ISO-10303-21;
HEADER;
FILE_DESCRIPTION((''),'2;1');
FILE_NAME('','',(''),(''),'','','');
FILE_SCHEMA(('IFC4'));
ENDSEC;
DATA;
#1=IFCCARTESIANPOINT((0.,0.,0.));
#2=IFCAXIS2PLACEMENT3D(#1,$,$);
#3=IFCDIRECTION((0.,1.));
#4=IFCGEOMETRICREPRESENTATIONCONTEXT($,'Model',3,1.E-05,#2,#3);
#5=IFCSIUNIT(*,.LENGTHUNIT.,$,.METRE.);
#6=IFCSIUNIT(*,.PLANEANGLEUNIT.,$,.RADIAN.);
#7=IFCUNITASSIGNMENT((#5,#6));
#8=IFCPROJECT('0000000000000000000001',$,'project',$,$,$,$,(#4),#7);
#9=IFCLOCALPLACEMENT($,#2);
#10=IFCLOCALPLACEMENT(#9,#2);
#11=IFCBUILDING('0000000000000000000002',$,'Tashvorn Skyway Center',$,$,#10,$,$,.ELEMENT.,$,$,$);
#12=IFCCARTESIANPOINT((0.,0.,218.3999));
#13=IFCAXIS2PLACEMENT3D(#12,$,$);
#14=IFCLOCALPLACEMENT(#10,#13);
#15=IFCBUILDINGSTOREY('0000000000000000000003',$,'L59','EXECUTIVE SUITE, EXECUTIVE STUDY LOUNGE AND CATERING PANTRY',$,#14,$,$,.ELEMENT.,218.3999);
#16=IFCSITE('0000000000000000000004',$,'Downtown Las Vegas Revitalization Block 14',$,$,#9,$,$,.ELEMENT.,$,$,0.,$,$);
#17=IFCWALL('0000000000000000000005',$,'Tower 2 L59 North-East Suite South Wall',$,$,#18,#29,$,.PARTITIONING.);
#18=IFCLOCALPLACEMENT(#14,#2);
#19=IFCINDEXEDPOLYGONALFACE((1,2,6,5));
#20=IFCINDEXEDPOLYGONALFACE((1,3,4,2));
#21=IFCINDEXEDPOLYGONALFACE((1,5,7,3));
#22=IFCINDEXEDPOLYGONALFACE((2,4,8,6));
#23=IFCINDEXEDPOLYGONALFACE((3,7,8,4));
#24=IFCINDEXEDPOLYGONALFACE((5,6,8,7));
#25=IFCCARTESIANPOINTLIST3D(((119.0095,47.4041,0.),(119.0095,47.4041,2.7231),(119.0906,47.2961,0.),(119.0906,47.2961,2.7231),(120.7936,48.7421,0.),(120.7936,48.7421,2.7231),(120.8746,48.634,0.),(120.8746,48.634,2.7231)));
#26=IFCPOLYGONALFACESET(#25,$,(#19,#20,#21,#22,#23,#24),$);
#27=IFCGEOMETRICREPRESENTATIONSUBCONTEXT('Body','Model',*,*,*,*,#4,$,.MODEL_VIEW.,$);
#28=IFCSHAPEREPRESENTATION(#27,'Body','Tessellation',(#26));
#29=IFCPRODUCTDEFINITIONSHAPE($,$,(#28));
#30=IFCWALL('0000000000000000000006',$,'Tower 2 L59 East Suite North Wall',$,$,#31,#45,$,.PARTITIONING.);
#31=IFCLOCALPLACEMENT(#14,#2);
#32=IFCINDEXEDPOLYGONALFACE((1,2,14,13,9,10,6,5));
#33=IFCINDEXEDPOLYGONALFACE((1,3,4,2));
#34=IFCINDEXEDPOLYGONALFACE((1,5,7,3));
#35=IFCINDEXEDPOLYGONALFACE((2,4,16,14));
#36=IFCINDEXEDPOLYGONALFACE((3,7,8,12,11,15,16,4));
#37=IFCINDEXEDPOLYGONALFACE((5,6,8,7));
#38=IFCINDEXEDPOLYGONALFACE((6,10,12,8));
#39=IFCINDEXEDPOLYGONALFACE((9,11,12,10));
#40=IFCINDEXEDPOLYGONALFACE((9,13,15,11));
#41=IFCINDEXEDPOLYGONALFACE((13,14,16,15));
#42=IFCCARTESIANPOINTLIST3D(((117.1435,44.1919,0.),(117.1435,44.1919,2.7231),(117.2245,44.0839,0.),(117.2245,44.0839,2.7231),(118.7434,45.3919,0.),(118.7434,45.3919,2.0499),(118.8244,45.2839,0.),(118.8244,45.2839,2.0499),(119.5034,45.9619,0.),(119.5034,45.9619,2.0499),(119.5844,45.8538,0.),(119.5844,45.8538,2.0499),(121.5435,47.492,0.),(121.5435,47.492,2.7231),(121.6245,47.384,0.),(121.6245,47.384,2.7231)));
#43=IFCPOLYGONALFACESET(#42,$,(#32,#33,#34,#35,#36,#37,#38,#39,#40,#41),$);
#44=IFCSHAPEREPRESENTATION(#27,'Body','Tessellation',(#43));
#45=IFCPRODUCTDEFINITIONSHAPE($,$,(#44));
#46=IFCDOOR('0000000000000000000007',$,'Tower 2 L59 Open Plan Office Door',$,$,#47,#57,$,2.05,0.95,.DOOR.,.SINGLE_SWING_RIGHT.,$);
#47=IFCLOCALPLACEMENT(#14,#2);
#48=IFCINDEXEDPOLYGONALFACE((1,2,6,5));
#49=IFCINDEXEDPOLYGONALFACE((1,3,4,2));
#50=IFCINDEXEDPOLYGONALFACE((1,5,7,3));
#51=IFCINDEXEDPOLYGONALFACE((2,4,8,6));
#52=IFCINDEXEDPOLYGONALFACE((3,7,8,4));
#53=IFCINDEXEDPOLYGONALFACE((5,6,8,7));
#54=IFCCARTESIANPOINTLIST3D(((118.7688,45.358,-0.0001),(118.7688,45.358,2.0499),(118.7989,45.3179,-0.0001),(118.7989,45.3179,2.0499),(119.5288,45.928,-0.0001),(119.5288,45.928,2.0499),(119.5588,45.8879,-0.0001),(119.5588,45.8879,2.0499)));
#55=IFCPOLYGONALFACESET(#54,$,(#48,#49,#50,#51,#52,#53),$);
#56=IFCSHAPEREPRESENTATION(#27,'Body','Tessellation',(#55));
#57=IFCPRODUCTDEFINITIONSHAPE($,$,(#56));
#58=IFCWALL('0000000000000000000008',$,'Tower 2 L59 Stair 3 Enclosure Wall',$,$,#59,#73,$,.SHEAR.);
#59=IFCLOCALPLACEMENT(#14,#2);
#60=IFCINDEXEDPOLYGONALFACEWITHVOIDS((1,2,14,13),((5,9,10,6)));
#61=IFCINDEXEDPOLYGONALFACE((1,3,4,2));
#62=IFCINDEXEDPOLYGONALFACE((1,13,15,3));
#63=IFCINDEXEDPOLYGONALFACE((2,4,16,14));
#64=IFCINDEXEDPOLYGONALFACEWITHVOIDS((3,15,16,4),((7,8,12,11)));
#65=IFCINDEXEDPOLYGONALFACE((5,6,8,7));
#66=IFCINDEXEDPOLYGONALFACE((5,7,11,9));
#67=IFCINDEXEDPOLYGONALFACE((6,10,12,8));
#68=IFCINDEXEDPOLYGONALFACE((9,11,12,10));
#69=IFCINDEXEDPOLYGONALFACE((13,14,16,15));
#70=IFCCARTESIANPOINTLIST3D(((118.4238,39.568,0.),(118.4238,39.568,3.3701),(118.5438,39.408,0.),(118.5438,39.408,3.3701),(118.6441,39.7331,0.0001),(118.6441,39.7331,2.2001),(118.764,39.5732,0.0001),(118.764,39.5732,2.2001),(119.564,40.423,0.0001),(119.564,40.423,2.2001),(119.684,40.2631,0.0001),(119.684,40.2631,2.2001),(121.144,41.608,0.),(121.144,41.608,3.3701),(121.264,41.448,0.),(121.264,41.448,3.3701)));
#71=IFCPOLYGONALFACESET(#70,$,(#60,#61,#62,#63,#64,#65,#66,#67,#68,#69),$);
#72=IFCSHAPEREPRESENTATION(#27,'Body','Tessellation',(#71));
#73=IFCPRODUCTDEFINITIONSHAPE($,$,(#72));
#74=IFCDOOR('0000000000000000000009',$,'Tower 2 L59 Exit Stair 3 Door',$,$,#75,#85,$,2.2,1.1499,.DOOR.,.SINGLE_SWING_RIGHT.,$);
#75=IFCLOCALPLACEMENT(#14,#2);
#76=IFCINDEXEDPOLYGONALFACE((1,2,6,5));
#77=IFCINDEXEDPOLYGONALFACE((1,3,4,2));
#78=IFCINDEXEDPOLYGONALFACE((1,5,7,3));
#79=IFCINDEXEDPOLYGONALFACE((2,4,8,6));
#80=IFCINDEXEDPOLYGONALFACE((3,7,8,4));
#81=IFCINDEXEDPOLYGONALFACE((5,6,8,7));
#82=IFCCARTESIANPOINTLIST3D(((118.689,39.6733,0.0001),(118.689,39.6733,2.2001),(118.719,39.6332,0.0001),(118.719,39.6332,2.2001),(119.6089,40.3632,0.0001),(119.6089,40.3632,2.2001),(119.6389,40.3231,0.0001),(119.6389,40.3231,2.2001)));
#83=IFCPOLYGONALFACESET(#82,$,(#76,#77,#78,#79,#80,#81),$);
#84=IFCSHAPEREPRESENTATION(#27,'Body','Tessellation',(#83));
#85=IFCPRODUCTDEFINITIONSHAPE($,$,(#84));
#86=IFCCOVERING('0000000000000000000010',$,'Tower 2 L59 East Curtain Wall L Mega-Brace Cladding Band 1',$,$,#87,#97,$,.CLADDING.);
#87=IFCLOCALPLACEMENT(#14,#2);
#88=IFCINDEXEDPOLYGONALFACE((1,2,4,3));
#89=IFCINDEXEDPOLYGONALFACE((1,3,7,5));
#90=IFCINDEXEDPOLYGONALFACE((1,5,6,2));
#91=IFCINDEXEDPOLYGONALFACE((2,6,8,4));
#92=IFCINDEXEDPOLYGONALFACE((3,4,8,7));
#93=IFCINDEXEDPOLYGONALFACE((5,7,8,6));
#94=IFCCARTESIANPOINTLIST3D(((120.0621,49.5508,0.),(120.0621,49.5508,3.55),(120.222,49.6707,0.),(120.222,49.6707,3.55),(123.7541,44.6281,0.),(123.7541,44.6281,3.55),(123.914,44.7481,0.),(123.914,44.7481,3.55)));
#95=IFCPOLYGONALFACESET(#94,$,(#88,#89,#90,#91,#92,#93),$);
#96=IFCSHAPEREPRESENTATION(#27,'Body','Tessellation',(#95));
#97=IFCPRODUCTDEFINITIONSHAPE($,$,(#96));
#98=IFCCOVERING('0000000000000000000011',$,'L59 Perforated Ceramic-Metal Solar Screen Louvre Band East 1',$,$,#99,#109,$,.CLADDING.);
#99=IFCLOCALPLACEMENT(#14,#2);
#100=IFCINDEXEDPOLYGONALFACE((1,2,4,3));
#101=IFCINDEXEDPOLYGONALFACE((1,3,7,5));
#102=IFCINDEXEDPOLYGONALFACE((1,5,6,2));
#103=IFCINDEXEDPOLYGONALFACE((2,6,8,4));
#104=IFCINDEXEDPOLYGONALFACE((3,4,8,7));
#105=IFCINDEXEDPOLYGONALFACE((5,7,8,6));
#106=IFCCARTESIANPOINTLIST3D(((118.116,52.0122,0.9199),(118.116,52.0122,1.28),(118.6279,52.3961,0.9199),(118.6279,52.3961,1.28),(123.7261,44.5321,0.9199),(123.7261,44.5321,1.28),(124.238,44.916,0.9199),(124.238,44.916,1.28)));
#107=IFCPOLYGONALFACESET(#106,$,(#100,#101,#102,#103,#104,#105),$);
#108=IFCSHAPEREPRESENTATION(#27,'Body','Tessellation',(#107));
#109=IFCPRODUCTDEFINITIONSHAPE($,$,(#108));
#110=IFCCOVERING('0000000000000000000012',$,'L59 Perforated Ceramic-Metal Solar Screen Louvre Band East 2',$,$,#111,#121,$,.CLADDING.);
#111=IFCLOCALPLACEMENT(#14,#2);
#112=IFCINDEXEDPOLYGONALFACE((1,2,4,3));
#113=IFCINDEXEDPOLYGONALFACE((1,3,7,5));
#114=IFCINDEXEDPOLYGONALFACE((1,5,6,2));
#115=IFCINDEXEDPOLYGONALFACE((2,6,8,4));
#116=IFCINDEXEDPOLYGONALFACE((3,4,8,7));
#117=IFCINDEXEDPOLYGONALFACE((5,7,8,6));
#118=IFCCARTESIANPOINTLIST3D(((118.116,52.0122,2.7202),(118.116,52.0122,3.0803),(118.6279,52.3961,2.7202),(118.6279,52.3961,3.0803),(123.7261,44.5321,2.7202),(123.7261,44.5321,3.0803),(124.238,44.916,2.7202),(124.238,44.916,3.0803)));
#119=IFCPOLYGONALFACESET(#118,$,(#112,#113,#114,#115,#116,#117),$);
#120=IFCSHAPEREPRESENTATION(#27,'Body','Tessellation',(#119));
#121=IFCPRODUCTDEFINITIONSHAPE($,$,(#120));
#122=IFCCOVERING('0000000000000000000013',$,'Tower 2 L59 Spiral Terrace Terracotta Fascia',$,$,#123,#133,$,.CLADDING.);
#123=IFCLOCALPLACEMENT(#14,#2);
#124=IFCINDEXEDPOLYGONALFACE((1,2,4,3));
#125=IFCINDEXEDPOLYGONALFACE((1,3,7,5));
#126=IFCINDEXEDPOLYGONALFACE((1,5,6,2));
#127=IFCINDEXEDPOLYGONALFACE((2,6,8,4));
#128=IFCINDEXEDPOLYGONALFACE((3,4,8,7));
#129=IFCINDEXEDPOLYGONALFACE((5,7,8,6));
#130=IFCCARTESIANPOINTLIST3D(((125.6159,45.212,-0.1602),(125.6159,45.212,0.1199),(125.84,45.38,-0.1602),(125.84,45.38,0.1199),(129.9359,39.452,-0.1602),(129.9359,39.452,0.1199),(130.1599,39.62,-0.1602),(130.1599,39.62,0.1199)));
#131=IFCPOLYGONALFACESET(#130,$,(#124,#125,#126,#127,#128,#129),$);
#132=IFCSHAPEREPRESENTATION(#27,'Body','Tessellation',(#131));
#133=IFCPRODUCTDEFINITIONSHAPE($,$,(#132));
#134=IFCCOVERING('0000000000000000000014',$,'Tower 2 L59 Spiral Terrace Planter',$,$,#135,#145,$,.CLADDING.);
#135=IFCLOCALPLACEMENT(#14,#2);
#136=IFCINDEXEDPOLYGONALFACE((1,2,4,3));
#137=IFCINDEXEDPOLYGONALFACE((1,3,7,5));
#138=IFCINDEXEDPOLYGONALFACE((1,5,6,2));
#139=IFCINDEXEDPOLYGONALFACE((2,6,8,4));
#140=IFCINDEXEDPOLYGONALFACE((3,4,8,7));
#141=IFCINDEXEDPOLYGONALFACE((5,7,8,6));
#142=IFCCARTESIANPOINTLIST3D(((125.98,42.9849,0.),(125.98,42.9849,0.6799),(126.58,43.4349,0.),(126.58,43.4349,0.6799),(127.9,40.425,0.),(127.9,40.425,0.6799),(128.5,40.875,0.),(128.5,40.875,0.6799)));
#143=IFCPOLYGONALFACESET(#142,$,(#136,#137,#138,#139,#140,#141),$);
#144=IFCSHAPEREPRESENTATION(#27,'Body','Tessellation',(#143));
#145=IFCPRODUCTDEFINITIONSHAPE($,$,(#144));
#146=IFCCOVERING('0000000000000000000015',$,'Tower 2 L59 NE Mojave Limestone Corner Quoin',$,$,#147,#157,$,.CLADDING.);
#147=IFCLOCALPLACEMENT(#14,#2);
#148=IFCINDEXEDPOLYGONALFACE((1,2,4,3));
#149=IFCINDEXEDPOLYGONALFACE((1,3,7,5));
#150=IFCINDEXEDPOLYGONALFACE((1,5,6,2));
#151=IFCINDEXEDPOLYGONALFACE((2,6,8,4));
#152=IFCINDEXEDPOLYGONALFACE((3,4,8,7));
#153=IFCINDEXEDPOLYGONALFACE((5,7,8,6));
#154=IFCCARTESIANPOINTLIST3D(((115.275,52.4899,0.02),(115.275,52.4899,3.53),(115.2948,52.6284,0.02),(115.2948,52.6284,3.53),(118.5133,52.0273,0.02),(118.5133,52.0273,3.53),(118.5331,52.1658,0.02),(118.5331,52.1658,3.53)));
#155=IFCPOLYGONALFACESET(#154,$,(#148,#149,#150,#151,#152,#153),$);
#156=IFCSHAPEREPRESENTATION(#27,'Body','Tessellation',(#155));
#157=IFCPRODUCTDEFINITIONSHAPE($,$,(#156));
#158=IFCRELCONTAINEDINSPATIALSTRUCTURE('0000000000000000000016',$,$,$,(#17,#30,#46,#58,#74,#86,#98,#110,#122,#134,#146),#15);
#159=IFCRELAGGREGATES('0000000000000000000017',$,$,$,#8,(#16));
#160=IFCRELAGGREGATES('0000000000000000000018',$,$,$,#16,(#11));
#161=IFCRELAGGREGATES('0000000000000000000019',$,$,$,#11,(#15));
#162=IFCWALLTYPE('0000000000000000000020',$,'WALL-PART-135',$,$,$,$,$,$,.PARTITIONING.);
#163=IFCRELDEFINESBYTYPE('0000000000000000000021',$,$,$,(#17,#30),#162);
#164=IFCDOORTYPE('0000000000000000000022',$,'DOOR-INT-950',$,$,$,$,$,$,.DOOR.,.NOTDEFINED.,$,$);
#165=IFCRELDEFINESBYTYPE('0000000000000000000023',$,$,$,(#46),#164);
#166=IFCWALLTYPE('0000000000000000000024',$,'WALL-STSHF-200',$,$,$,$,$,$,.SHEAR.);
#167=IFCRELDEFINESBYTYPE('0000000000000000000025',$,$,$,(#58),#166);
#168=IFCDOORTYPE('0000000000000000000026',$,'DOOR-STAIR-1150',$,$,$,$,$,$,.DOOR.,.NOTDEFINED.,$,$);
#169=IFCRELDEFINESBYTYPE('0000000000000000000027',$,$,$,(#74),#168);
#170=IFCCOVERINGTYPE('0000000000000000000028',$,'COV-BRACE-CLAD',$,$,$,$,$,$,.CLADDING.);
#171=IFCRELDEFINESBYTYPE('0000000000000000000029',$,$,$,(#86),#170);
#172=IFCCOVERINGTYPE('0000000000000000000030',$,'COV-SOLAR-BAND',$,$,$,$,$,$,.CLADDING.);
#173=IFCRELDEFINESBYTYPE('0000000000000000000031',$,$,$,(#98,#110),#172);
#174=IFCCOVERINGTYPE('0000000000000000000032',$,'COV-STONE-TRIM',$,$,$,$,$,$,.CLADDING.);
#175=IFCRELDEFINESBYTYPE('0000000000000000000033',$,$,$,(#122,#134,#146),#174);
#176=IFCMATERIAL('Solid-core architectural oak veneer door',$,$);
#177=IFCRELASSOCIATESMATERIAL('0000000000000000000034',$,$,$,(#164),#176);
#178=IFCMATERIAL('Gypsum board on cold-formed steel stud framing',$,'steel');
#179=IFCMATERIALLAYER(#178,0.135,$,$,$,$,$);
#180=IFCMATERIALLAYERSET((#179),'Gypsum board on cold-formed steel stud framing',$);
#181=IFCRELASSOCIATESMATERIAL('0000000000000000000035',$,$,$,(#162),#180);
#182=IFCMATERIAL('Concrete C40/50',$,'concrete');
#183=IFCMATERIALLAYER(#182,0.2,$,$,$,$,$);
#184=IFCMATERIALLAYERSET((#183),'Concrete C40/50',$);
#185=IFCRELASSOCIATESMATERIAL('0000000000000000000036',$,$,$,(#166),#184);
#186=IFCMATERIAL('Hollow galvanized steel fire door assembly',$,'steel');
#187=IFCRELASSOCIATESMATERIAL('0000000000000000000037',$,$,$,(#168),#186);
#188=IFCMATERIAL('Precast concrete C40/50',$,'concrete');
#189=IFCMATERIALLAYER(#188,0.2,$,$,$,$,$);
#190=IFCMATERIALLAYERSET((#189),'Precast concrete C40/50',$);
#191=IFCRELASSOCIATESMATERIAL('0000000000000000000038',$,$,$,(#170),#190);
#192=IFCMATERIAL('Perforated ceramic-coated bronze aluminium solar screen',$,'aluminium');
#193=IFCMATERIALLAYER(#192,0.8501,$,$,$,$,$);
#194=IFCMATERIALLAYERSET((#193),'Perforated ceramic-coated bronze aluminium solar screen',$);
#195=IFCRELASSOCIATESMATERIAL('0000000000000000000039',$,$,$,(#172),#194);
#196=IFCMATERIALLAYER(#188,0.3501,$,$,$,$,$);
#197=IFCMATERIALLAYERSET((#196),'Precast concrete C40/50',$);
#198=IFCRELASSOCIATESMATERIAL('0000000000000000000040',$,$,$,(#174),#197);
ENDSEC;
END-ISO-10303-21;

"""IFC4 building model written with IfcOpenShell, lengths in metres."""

from ifc_helpers import new_model, si_unit, direction, frame, frame_2d, origin, origin_2d, place, context, subcontext, project, spatial, rectangle, extrude, material, layer, layer_set, type_object, element, fill, save


model = new_model("IFC4")

# Units and contexts
model_context = context("Model", 3, precision=1e-05, world=origin(), true_north=direction((0.0, 1.0)))
body_context = subcontext(model_context, "Body", "Model", "MODEL_VIEW")
ifc_project = project(units=[si_unit("LENGTHUNIT", "METRE"), si_unit("PLANEANGLEUNIT", "RADIAN")], contexts=[model_context])

# Site, building, storey
site_placement = place(None, origin())
site = spatial("IfcSite", under=ifc_project, at=site_placement, Name="Downtown Las Vegas Revitalization Block 14", CompositionType="ELEMENT", RefElevation=0.0)
building_placement = place(site_placement, origin())
building = spatial("IfcBuilding", under=site, at=building_placement, Name="Tashvorn Skyway Center", CompositionType="ELEMENT")
storey_placement = place(building_placement, frame((0.0, 0.0, 218.3999)))
storey = spatial("IfcBuildingStorey", under=building, at=storey_placement, Name="L59", Description="EXECUTIVE SUITE, EXECUTIVE STUDY LOUNGE AND CATERING PANTRY", CompositionType="ELEMENT", Elevation=218.3999)

# Shared definitions
ifc_material_1 = material(Name="Precast concrete C40/50", Category="concrete")

# Shared definitions
ifc_material_2 = material(Name="Gypsum board on cold-formed steel stud framing", Category="steel")
ifc_material_3 = material(Name="Solid-core architectural oak veneer door")
door_type_1 = type_object("IfcDoorType", Name="DOOR-INT-950", OperationType="NOTDEFINED", PredefinedType="DOOR", material=ifc_material_3)

# Wall
ifc_layer_1 = layer(ifc_material_2, 0.135)
ifc_layer_set_1 = layer_set([ifc_layer_1], Name="Gypsum board on cold-formed steel stud framing")
wall_type_1 = type_object("IfcWallType", Name="WALL-PART-135", PredefinedType="PARTITIONING", material=ifc_layer_set_1)
wall_1_placement = place(storey_placement, frame((119.05, 47.3501, 0.0), z_axis=(0.0, 0.0, 1.0), x_axis=(0.800013, 0.599982, 0.0)))
element("IfcWall", 1, at=wall_1_placement, inside=storey, type_object=wall_type_1, Name="Tower 2 L59 North-East Suite South Wall", PredefinedType="PARTITIONING", context=body_context, shape_type="SweptSolid", body=[
    extrude(rectangle(XDim=2.23, YDim=0.135, at=frame_2d((1.115, 0.0))), origin(), (0.0, 0.0, 1.0), 2.7231),
])

# Walls, openings, doors
wall_2_placement = place(storey_placement, frame((121.584, 47.438, 0.0), z_axis=(0.0, 0.0, 1.0), x_axis=(-0.799989, -0.600014, 0.0)))
wall_2 = element("IfcWall", 2, at=wall_2_placement, inside=storey, type_object=wall_type_1, Name="Tower 2 L59 East Suite North Wall", PredefinedType="PARTITIONING", context=body_context, shape_type="SweptSolid", body=[
    extrude(rectangle(XDim=5.5, YDim=0.135, at=frame_2d((2.75, 0.0))), origin(), (0.0, 0.0, 1.0), 2.7231),
])
opening_1_placement = place(wall_2_placement, frame((2.55, 0.0, 0.0)))
opening_1 = element("IfcOpeningElement", 3, at=opening_1_placement, cuts=wall_2, PredefinedType="OPENING", context=body_context, shape_type="SweptSolid", body=[
    extrude(rectangle(XDim=0.95, YDim=2.05, at=frame_2d((0.4751, 1.0249))), frame((0.0, 0.0774, 0.0), z_axis=(0.0, -1.0, 0.0), x_axis=(1.0, 0.0, 0.0)), (0.0, 0.0, 1.0), 0.155),
])
door_1_placement = place(opening_1_placement, origin())
door_1 = element("IfcDoor", 4, at=door_1_placement, inside=storey, type_object=door_type_1, Name="Tower 2 L59 Open Plan Office Door", OperationType="SINGLE_SWING_RIGHT", OverallHeight=2.05, OverallWidth=0.95, PredefinedType="DOOR", context=body_context, shape_type="SweptSolid", body=[
    extrude(rectangle(XDim=0.95, YDim=2.05, at=frame_2d((0.4751, 1.0249))), frame((0.0, 0.0249, 0.0), z_axis=(0.0, -1.0, 0.0), x_axis=(1.0, 0.0, 0.0)), (0.0, 0.0, 1.0), 0.05),
])
fill(opening_1, door_1)
ifc_material_4 = material(Name="Concrete C40/50", Category="concrete")
ifc_layer_2 = layer(ifc_material_4, 0.2)
ifc_layer_set_2 = layer_set([ifc_layer_2], Name="Concrete C40/50")
wall_type_2 = type_object("IfcWallType", Name="WALL-STSHF-200", PredefinedType="SHEAR", material=ifc_layer_set_2)
wall_3_placement = place(storey_placement, frame((121.2041, 41.5281, 0.0), z_axis=(0.0, 0.0, 1.0), x_axis=(-0.800017, -0.599977, 0.0)))
wall_3 = element("IfcWall", 5, at=wall_3_placement, inside=storey, type_object=wall_type_2, Name="Tower 2 L59 Stair 3 Enclosure Wall", PredefinedType="SHEAR", context=body_context, shape_type="SweptSolid", body=[
    extrude(rectangle(XDim=3.4001, YDim=0.2, at=frame_2d((1.7002, 0.0))), origin(), (0.0, 0.0, 1.0), 3.3701),
])
opening_2_placement = place(wall_3_placement, frame((1.9751, 0.0, 0.0)))
opening_2 = element("IfcOpeningElement", 6, at=opening_2_placement, cuts=wall_3, PredefinedType="OPENING", context=body_context, shape_type="SweptSolid", body=[
    extrude(rectangle(XDim=1.1499, YDim=2.2, at=frame_2d((0.575, 1.1001))), frame((0.0, 0.1099, 0.0), z_axis=(0.0, -1.0, 0.0), x_axis=(1.0, 0.0, 0.0)), (0.0, 0.0, 1.0), 0.22),
])
ifc_material_5 = material(Name="Hollow galvanized steel fire door assembly", Category="steel")
door_type_2 = type_object("IfcDoorType", Name="DOOR-STAIR-1150", OperationType="NOTDEFINED", PredefinedType="DOOR", material=ifc_material_5)
door_2_placement = place(opening_2_placement, origin())
door_2 = element("IfcDoor", 7, at=door_2_placement, inside=storey, type_object=door_type_2, Name="Tower 2 L59 Exit Stair 3 Door", OperationType="SINGLE_SWING_RIGHT", OverallHeight=2.2, OverallWidth=1.1499, PredefinedType="DOOR", context=body_context, shape_type="SweptSolid", body=[
    extrude(rectangle(XDim=1.1499, YDim=2.2, at=frame_2d((0.575, 1.1001))), frame((0.0, 0.0249, 0.0), z_axis=(0.0, -1.0, 0.0), x_axis=(1.0, 0.0, 0.0)), (0.0, 0.0, 1.0), 0.05),
])
fill(opening_2, door_2)

# Coverings
ifc_layer_3 = layer(ifc_material_1, 0.2)
ifc_layer_set_3 = layer_set([ifc_layer_3], Name="Precast concrete C40/50")
covering_type_1 = type_object("IfcCoveringType", Name="COV-BRACE-CLAD", PredefinedType="CLADDING", material=ifc_layer_set_3)
covering_1_placement = place(storey_placement, frame((121.988, 47.1494, 0.0), z_axis=(0.0, 0.0, 1.0), x_axis=(0.6, -0.8, 0.0)))
element("IfcCovering", 8, at=covering_1_placement, inside=storey, type_object=covering_type_1, Name="Tower 2 L59 East Curtain Wall L Mega-Brace Cladding Band 1", PredefinedType="CLADDING", context=body_context, shape_type="SweptSolid", body=[
    extrude(rectangle(XDim=6.1533, YDim=0.2, at=origin_2d()), origin(), (0.0, 0.0, 1.0), 3.55),
])
ifc_material_6 = material(Name="Perforated ceramic-coated bronze aluminium solar screen", Category="aluminium")
ifc_layer_4 = layer(ifc_material_6, 0.8501)
ifc_layer_set_4 = layer_set([ifc_layer_4], Name="Perforated ceramic-coated bronze aluminium solar screen")
covering_type_2 = type_object("IfcCoveringType", Name="COV-SOLAR-BAND", PredefinedType="CLADDING", material=ifc_layer_set_4)
for number, where, z_axis, x_axis, name in (
    (9, (121.177, 48.4641, 0.9199), (0.0, 0.0, 1.0), (0.6, -0.8, 0.0), "L59 Perforated Ceramic-Metal Solar Screen Louvre Band East 1"),
    (10, (121.177, 48.4641, 2.7202), (0.0, 0.0, 1.0), (0.6, -0.8, 0.0), "L59 Perforated Ceramic-Metal Solar Screen Louvre Band East 2"),
):
    element("IfcCovering", number, at=place(storey_placement, frame(where, z_axis=z_axis, x_axis=x_axis)), inside=storey, type_object=covering_type_2, Name=name, PredefinedType="CLADDING", context=body_context, shape_type="SweptSolid", body=[
        extrude(rectangle(XDim=9.3501, YDim=0.6399, at=origin_2d()), origin(), (0.0, 0.0, 1.0), 0.3601),
    ])
ifc_layer_5 = layer(ifc_material_1, 0.3501)
ifc_layer_set_5 = layer_set([ifc_layer_5], Name="Precast concrete C40/50")
covering_type_3 = type_object("IfcCoveringType", Name="COV-STONE-TRIM", PredefinedType="CLADDING", material=ifc_layer_set_5)
covering_2_placement = place(storey_placement, frame((127.8879, 42.416, -0.1602), z_axis=(0.0, 0.0, 1.0), x_axis=(0.6, -0.8, 0.0)))
element("IfcCovering", 11, at=covering_2_placement, inside=storey, type_object=covering_type_3, Name="Tower 2 L59 Spiral Terrace Terracotta Fascia", PredefinedType="CLADDING", context=body_context, shape_type="SweptSolid", body=[
    extrude(rectangle(XDim=7.2, YDim=0.28, at=origin_2d()), origin(), (0.0, 0.0, 1.0), 0.28),
])
covering_3_placement = place(storey_placement, frame((127.24, 41.9299, 0.0), z_axis=(0.0, 0.0, 1.0), x_axis=(0.6, -0.8, 0.0)))
element("IfcCovering", 12, at=covering_3_placement, inside=storey, type_object=covering_type_3, Name="Tower 2 L59 Spiral Terrace Planter", PredefinedType="CLADDING", context=body_context, shape_type="SweptSolid", body=[
    extrude(rectangle(XDim=3.2, YDim=0.75, at=origin_2d()), origin(), (0.0, 0.0, 1.0), 0.6799),
])
covering_4_placement = place(storey_placement, frame((116.9041, 52.3279, 0.02), z_axis=(0.0, 0.0, 1.0), x_axis=(0.989949, -0.141421, 0.0)))
element("IfcCovering", 13, at=covering_4_placement, inside=storey, type_object=covering_type_3, Name="Tower 2 L59 NE Mojave Limestone Corner Quoin", PredefinedType="CLADDING", context=body_context, shape_type="SweptSolid", body=[
    extrude(rectangle(XDim=3.2712, YDim=0.1399, at=origin_2d()), origin(), (0.0, 0.0, 1.0), 3.51),
])

save(model, "model.ifc")
